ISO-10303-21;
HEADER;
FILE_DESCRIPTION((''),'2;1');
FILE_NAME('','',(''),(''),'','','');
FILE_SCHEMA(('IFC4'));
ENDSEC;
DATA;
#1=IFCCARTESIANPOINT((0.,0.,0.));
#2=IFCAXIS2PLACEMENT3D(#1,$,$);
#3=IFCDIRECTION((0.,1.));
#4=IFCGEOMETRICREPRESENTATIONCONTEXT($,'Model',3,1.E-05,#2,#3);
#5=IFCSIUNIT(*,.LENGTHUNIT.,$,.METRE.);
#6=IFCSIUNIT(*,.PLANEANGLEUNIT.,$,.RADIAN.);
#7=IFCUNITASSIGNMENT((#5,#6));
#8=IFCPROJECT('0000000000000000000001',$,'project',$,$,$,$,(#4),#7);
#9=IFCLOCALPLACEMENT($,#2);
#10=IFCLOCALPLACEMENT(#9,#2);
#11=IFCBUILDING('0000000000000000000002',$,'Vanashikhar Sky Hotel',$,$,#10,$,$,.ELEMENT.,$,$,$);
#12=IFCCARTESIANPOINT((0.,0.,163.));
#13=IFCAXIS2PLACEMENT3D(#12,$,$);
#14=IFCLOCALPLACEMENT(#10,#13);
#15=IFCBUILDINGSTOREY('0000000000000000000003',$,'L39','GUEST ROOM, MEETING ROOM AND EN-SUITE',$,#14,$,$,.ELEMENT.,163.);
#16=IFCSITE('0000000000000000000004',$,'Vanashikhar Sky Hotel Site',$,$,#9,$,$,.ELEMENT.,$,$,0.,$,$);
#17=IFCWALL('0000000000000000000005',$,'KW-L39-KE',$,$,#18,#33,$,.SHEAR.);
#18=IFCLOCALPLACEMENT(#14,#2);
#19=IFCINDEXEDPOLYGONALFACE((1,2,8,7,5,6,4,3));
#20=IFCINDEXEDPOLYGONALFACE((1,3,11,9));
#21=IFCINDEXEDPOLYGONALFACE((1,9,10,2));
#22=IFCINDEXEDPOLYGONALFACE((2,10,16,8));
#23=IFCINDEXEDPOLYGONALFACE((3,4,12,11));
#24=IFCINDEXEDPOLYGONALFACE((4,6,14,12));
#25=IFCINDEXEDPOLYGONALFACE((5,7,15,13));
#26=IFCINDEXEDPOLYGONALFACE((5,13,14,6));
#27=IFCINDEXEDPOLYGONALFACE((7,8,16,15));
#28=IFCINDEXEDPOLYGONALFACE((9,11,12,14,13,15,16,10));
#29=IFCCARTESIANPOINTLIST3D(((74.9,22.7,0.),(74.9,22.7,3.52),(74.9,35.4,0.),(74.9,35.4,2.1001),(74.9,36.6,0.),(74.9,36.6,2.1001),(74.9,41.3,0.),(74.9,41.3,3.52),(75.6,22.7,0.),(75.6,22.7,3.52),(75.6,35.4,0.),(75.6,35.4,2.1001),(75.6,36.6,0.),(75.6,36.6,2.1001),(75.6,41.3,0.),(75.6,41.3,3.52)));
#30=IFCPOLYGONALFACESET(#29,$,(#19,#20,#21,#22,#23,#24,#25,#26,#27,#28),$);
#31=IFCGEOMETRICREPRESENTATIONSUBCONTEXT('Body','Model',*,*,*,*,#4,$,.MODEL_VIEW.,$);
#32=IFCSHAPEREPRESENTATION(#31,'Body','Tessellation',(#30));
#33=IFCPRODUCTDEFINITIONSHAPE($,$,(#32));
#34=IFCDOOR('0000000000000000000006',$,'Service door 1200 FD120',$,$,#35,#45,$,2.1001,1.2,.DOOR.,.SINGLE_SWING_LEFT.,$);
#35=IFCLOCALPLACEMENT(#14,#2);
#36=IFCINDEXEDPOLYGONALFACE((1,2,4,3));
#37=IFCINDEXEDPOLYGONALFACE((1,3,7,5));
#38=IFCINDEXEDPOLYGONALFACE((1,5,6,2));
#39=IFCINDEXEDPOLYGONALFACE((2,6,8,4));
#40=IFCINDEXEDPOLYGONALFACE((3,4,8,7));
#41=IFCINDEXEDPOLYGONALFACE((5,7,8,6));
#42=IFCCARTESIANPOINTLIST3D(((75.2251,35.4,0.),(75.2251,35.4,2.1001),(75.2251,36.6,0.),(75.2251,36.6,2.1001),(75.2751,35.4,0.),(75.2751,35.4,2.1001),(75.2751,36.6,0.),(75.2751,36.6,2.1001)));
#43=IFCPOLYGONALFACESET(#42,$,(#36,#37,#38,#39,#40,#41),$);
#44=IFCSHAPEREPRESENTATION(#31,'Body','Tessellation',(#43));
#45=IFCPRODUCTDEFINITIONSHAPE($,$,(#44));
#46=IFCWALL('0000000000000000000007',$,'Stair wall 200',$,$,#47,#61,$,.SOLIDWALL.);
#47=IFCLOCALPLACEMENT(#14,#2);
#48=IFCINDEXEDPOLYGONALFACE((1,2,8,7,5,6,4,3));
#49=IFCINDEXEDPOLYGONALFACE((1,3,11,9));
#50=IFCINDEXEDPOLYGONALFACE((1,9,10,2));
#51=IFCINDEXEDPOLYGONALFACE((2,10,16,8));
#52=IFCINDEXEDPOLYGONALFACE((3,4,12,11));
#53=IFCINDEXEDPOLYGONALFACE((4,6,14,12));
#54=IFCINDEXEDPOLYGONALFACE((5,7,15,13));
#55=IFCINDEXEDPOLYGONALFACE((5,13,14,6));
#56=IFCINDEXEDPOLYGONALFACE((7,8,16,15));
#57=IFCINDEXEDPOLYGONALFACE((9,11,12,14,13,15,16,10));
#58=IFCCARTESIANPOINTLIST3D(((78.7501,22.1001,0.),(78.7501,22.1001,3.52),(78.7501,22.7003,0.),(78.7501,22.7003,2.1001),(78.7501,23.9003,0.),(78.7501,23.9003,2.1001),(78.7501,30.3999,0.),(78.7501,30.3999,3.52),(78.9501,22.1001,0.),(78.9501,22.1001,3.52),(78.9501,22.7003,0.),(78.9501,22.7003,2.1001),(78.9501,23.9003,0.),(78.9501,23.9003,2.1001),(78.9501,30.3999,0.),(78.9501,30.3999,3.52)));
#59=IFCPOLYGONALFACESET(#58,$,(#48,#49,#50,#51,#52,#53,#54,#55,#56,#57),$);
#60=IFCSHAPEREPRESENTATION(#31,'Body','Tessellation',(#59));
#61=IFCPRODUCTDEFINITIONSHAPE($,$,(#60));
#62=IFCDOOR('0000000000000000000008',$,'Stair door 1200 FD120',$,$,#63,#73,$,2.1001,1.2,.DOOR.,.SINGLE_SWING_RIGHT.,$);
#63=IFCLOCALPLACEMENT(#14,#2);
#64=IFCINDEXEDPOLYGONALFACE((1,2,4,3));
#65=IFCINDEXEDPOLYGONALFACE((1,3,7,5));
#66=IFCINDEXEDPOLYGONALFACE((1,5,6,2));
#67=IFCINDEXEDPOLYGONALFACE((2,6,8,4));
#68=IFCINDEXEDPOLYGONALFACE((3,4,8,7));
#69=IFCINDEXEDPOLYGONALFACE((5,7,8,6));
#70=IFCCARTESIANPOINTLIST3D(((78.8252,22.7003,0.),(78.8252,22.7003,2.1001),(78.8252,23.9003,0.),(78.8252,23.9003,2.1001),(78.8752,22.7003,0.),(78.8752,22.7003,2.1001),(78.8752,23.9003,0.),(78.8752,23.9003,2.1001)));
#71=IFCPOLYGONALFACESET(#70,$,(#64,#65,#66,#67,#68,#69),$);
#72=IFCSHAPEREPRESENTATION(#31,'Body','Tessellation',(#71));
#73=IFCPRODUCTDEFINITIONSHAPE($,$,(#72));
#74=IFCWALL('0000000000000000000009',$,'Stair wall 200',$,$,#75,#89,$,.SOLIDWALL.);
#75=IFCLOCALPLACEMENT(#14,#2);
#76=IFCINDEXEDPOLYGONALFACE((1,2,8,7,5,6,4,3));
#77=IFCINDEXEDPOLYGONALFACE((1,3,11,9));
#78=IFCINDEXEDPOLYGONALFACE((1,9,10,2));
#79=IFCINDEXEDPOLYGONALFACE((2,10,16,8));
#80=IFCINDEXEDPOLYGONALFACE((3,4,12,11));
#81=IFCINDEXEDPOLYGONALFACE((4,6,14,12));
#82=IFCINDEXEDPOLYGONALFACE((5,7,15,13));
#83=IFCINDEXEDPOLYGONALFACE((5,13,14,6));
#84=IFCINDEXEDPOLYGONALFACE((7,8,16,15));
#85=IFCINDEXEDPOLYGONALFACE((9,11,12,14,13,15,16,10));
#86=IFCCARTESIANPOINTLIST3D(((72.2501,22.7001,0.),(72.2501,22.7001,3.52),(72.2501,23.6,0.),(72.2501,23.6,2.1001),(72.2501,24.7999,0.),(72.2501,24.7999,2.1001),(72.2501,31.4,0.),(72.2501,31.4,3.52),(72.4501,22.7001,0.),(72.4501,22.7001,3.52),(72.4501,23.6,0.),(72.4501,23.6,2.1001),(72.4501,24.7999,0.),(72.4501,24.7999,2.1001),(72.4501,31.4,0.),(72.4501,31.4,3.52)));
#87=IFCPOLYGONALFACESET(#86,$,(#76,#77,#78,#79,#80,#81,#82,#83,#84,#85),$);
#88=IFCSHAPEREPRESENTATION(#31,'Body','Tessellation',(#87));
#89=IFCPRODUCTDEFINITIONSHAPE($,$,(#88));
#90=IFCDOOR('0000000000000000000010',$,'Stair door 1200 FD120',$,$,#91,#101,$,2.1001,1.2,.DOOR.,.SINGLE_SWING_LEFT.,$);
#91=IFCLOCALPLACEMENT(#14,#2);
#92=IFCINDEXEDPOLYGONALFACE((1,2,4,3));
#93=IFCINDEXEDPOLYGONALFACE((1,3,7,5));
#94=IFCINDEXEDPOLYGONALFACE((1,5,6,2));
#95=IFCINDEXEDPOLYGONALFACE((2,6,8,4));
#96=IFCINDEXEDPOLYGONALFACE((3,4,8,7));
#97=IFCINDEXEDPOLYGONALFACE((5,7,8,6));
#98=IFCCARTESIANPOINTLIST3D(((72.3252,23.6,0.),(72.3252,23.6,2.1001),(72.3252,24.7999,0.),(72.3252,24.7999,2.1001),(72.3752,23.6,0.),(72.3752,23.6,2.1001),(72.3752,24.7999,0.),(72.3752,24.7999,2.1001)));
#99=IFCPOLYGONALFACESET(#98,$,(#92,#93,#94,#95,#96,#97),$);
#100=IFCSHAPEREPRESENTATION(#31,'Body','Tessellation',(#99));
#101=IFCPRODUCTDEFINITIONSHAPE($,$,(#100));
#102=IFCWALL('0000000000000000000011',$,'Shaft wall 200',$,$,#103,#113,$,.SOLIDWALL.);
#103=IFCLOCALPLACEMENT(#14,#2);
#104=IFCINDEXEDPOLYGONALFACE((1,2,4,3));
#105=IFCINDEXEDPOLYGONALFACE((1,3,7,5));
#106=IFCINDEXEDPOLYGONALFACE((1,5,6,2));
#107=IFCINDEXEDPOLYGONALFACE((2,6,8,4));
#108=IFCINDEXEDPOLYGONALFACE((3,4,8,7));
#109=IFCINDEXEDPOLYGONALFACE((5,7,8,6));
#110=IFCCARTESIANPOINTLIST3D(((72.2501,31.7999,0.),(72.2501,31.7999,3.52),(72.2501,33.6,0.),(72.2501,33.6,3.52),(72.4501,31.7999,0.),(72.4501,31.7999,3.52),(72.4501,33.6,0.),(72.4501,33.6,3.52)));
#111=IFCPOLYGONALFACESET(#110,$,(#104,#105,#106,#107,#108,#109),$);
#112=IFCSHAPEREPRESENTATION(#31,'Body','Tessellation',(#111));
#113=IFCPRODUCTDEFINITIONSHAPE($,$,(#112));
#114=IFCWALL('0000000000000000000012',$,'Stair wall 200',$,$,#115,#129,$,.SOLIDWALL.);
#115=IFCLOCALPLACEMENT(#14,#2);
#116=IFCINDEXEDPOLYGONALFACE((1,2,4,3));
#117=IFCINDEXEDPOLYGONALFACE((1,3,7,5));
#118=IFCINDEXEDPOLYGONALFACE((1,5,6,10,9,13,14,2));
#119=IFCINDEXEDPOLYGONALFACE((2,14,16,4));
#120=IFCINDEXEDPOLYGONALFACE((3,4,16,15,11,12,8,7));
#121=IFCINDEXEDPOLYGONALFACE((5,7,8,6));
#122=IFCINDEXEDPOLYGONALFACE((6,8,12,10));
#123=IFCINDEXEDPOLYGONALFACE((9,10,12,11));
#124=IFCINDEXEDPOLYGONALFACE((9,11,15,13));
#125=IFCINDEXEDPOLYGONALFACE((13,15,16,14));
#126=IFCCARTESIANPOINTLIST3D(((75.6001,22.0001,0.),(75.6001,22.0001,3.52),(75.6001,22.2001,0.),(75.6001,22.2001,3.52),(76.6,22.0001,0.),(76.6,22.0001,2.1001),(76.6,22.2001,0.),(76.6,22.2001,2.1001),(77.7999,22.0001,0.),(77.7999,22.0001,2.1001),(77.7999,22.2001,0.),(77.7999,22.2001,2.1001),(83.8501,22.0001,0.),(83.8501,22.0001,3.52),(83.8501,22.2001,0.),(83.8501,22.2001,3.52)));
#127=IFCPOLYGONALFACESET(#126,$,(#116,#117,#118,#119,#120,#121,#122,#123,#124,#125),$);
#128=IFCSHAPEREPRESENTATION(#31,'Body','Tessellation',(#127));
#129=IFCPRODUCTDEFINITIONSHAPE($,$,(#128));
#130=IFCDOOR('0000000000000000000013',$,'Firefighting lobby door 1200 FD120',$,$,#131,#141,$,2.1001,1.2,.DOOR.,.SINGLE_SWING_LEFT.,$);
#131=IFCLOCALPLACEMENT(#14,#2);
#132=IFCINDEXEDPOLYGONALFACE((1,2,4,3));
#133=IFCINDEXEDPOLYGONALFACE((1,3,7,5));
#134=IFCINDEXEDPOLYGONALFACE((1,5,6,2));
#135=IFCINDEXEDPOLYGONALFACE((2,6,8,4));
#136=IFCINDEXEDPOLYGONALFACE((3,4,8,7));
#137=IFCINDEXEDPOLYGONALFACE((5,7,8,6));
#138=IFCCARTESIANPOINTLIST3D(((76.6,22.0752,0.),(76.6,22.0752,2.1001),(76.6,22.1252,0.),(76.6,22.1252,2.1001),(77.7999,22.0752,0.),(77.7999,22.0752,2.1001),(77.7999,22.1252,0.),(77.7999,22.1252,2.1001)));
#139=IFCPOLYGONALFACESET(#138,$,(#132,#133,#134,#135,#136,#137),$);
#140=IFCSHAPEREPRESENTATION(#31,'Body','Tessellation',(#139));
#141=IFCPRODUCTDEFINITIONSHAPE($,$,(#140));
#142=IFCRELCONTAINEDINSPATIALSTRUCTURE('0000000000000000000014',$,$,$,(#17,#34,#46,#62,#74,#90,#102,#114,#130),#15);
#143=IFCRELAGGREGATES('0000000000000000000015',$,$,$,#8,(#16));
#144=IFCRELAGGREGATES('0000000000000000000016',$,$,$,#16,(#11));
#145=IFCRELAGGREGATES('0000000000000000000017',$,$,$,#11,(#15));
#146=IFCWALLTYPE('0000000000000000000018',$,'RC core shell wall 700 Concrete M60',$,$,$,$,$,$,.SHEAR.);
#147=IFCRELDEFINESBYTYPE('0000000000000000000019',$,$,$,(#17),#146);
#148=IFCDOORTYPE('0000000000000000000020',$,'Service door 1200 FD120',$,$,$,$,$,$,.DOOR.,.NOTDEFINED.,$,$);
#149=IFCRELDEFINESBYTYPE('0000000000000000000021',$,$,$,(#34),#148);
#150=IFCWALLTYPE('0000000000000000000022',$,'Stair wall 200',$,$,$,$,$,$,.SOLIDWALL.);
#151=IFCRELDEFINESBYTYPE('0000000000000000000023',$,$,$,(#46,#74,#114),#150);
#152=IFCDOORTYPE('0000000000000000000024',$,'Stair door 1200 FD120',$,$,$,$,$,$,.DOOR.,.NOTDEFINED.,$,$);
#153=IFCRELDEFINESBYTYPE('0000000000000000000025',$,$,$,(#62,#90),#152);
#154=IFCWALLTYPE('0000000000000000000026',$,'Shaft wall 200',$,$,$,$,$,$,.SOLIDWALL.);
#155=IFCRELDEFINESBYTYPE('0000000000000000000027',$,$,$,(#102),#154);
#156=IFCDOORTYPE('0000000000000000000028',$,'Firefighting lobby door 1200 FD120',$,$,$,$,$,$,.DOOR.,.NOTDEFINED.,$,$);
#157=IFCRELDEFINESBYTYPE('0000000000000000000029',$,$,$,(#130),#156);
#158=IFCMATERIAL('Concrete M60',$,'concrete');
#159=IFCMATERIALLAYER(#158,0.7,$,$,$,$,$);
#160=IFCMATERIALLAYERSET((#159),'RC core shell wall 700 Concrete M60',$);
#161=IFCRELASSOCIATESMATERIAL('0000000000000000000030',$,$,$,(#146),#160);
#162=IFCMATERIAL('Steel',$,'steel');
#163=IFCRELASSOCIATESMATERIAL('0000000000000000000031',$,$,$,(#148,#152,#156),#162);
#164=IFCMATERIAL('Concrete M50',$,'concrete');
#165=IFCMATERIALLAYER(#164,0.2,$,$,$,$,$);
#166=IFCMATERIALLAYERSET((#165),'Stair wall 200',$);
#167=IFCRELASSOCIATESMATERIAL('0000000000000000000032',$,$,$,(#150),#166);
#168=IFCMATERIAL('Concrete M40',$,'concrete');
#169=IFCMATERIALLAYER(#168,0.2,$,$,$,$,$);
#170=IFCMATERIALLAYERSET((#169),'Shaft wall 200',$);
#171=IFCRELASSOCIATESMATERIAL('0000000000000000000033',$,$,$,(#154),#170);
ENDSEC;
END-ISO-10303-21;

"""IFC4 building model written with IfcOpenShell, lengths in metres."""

from ifc_helpers import new_model, si_unit, direction, frame, frame_2d, origin, place, context, subcontext, project, spatial, rectangle, extrude, source, transform, mapped, material, layer, layer_set, type_object, element, fill, save


model = new_model("IFC4")

# Units and contexts
model_context = context("Model", 3, precision=1e-05, world=origin(), true_north=direction((0.0, 1.0)))
body_context = subcontext(model_context, "Body", "Model", "MODEL_VIEW")
ifc_project = project(units=[si_unit("LENGTHUNIT", "METRE"), si_unit("PLANEANGLEUNIT", "RADIAN")], contexts=[model_context])

# Site, building, storey
site_placement = place(None, origin())
site = spatial("IfcSite", under=ifc_project, at=site_placement, Name="Vanashikhar Sky Hotel Site", CompositionType="ELEMENT", RefElevation=0.0)
building_placement = place(site_placement, origin())
building = spatial("IfcBuilding", under=site, at=building_placement, Name="Vanashikhar Sky Hotel", CompositionType="ELEMENT")
storey_placement = place(building_placement, frame((0.0, 0.0, 163.0)))
storey = spatial("IfcBuildingStorey", under=building, at=storey_placement, Name="L39", Description="GUEST ROOM, MEETING ROOM AND EN-SUITE", CompositionType="ELEMENT", Elevation=163.0)

# Walls, openings, doors
ifc_material_1 = material(Name="Concrete M60", Category="concrete")
ifc_layer_1 = layer(ifc_material_1, 0.7)
ifc_layer_set_1 = layer_set([ifc_layer_1], Name="RC core shell wall 700 Concrete M60")
wall_type_1 = type_object("IfcWallType", Name="RC core shell wall 700 Concrete M60", PredefinedType="SHEAR", material=ifc_layer_set_1)
shared_shape_1 = source(origin(), body_context, "Body", "SweptSolid", [
    extrude(rectangle(XDim=18.6001, YDim=0.7, at=frame_2d((9.3, 0.0))), origin(), (0.0, 0.0, 1.0), 3.52),
])
wall_1_placement = place(storey_placement, frame((75.25, 22.7, 0.0), z_axis=(0.0, 0.0, 1.0), x_axis=(0.0, 1.0, 0.0)))
wall_1 = element("IfcWall", 1, at=wall_1_placement, inside=storey, type_object=wall_type_1, Name="KW-L39-KE", PredefinedType="SHEAR", context=body_context, shape_type="MappedRepresentation", body=[
    mapped(shared_shape_1, transform((0.0, 0.0, 0.0), scale=1.0)),
])
shared_shape_2 = source(origin(), body_context, "Body", "SweptSolid", [
    extrude(rectangle(XDim=1.2, YDim=2.1001, at=frame_2d((0.6001, 1.05))), frame((0.0, 0.3599, 0.0), z_axis=(0.0, -1.0, 0.0), x_axis=(1.0, 0.0, 0.0)), (0.0, 0.0, 1.0), 0.72),
])
opening_1_placement = place(wall_1_placement, frame((12.7, 0.0, 0.0)))
opening_1 = element("IfcOpeningElement", 2, at=opening_1_placement, cuts=wall_1, PredefinedType="OPENING", context=body_context, shape_type="MappedRepresentation", body=[
    mapped(shared_shape_2, transform((0.0, 0.0, 0.0), scale=1.0)),
])
ifc_material_2 = material(Name="Steel", Category="steel")
door_type_1 = type_object("IfcDoorType", Name="Service door 1200 FD120", OperationType="NOTDEFINED", PredefinedType="DOOR", material=ifc_material_2)
shared_shape_3 = source(origin(), body_context, "Body", "SweptSolid", [
    extrude(rectangle(XDim=1.2, YDim=2.1001, at=frame_2d((0.6001, 1.05))), frame((0.0, 0.0249, 0.0), z_axis=(0.0, -1.0, 0.0), x_axis=(1.0, 0.0, 0.0)), (0.0, 0.0, 1.0), 0.05),
])
door_1_placement = place(opening_1_placement, origin())
door_1 = element("IfcDoor", 3, at=door_1_placement, inside=storey, type_object=door_type_1, Name="Service door 1200 FD120", OperationType="SINGLE_SWING_LEFT", OverallHeight=2.1001, OverallWidth=1.2, PredefinedType="DOOR", context=body_context, shape_type="MappedRepresentation", body=[
    mapped(shared_shape_3, transform((0.0, 0.0, 0.0), scale=1.0)),
])
fill(opening_1, door_1)
ifc_material_3 = material(Name="Concrete M50", Category="concrete")
ifc_layer_2 = layer(ifc_material_3, 0.2)
ifc_layer_set_2 = layer_set([ifc_layer_2], Name="Stair wall 200")
wall_type_2 = type_object("IfcWallType", Name="Stair wall 200", PredefinedType="SOLIDWALL", material=ifc_layer_set_2)
shared_shape_4 = source(origin(), body_context, "Body", "SweptSolid", [
    extrude(rectangle(XDim=8.2998, YDim=0.2, at=frame_2d((4.1499, 0.0))), origin(), (0.0, 0.0, 1.0), 3.52),
])
wall_2_placement = place(storey_placement, frame((78.8501, 22.1001, 0.0), z_axis=(0.0, 0.0, 1.0), x_axis=(0.0, 1.0, 0.0)))
wall_2 = element("IfcWall", 4, at=wall_2_placement, inside=storey, type_object=wall_type_2, Name="Stair wall 200", PredefinedType="SOLIDWALL", context=body_context, shape_type="MappedRepresentation", body=[
    mapped(shared_shape_4, transform((0.0, 0.0, 0.0), scale=1.0)),
])
shared_shape_5 = source(origin(), body_context, "Body", "SweptSolid", [
    extrude(rectangle(XDim=1.2, YDim=2.1001, at=frame_2d((0.6001, 1.05))), frame((0.0, 0.1099, 0.0), z_axis=(0.0, -1.0, 0.0), x_axis=(1.0, 0.0, 0.0)), (0.0, 0.0, 1.0), 0.22),
])
opening_2_placement = place(wall_2_placement, frame((0.6001, 0.0, 0.0)))
opening_2 = element("IfcOpeningElement", 5, at=opening_2_placement, cuts=wall_2, PredefinedType="OPENING", context=body_context, shape_type="MappedRepresentation", body=[
    mapped(shared_shape_5, transform((0.0, 0.0, 0.0), scale=1.0)),
])
door_type_2 = type_object("IfcDoorType", Name="Stair door 1200 FD120", OperationType="NOTDEFINED", PredefinedType="DOOR", material=ifc_material_2)
door_2_placement = place(opening_2_placement, origin())
door_2 = element("IfcDoor", 6, at=door_2_placement, inside=storey, type_object=door_type_2, Name="Stair door 1200 FD120", OperationType="SINGLE_SWING_RIGHT", OverallHeight=2.1001, OverallWidth=1.2, PredefinedType="DOOR", context=body_context, shape_type="MappedRepresentation", body=[
    mapped(shared_shape_3, transform((0.0, 0.0, 0.0), scale=1.0)),
])
fill(opening_2, door_2)
shared_shape_6 = source(origin(), body_context, "Body", "SweptSolid", [
    extrude(rectangle(XDim=8.7, YDim=0.2, at=frame_2d((4.3501, 0.0))), origin(), (0.0, 0.0, 1.0), 3.52),
])
wall_3_placement = place(storey_placement, frame((72.3501, 22.7, 0.0), z_axis=(0.0, 0.0, 1.0), x_axis=(0.0, 1.0, 0.0)))
wall_3 = element("IfcWall", 7, at=wall_3_placement, inside=storey, type_object=wall_type_2, Name="Stair wall 200", PredefinedType="SOLIDWALL", context=body_context, shape_type="MappedRepresentation", body=[
    mapped(shared_shape_6, transform((0.0, 0.0, 0.0), scale=1.0)),
])
opening_3_placement = place(wall_3_placement, frame((0.8999, 0.0, 0.0)))
opening_3 = element("IfcOpeningElement", 8, at=opening_3_placement, cuts=wall_3, PredefinedType="OPENING", context=body_context, shape_type="MappedRepresentation", body=[
    mapped(shared_shape_5, transform((0.0, 0.0, 0.0), scale=1.0)),
])
door_3_placement = place(opening_3_placement, origin())
door_3 = element("IfcDoor", 9, at=door_3_placement, inside=storey, type_object=door_type_2, Name="Stair door 1200 FD120", OperationType="SINGLE_SWING_LEFT", OverallHeight=2.1001, OverallWidth=1.2, PredefinedType="DOOR", context=body_context, shape_type="MappedRepresentation", body=[
    mapped(shared_shape_3, transform((0.0, 0.0, 0.0), scale=1.0)),
])
fill(opening_3, door_3)

# Wall
ifc_material_4 = material(Name="Concrete M40", Category="concrete")
ifc_layer_3 = layer(ifc_material_4, 0.2)
ifc_layer_set_3 = layer_set([ifc_layer_3], Name="Shaft wall 200")
wall_type_3 = type_object("IfcWallType", Name="Shaft wall 200", PredefinedType="SOLIDWALL", material=ifc_layer_set_3)
shared_shape_7 = source(origin(), body_context, "Body", "SweptSolid", [
    extrude(rectangle(XDim=1.8, YDim=0.2, at=frame_2d((0.8999, 0.0))), origin(), (0.0, 0.0, 1.0), 3.52),
])
wall_4_placement = place(storey_placement, frame((72.3501, 31.8, 0.0), z_axis=(0.0, 0.0, 1.0), x_axis=(0.0, 1.0, 0.0)))
element("IfcWall", 10, at=wall_4_placement, inside=storey, type_object=wall_type_3, Name="Shaft wall 200", PredefinedType="SOLIDWALL", context=body_context, shape_type="MappedRepresentation", body=[
    mapped(shared_shape_7, transform((0.0, 0.0, 0.0), scale=1.0)),
])

# Wall, opening, door
shared_shape_8 = source(origin(), body_context, "Body", "SweptSolid", [
    extrude(rectangle(XDim=8.25, YDim=0.2, at=frame_2d((4.125, 0.0))), origin(), (0.0, 0.0, 1.0), 3.52),
])
wall_5_placement = place(storey_placement, frame((83.8501, 22.1001, 0.0), z_axis=(0.0, 0.0, 1.0), x_axis=(-1.0, 0.0, 0.0)))
wall_5 = element("IfcWall", 11, at=wall_5_placement, inside=storey, type_object=wall_type_2, Name="Stair wall 200", PredefinedType="SOLIDWALL", context=body_context, shape_type="MappedRepresentation", body=[
    mapped(shared_shape_8, transform((0.0, 0.0, 0.0), scale=1.0)),
])
opening_4_placement = place(wall_5_placement, frame((6.05, 0.0, 0.0)))
opening_4 = element("IfcOpeningElement", 12, at=opening_4_placement, cuts=wall_5, PredefinedType="OPENING", context=body_context, shape_type="MappedRepresentation", body=[
    mapped(shared_shape_5, transform((0.0, 0.0, 0.0), scale=1.0)),
])
door_type_3 = type_object("IfcDoorType", Name="Firefighting lobby door 1200 FD120", OperationType="NOTDEFINED", PredefinedType="DOOR", material=ifc_material_2)
door_4_placement = place(opening_4_placement, origin())
door_4 = element("IfcDoor", 13, at=door_4_placement, inside=storey, type_object=door_type_3, Name="Firefighting lobby door 1200 FD120", OperationType="SINGLE_SWING_LEFT", OverallHeight=2.1001, OverallWidth=1.2, PredefinedType="DOOR", context=body_context, shape_type="MappedRepresentation", body=[
    mapped(shared_shape_3, transform((0.0, 0.0, 0.0), scale=1.0)),
])
fill(opening_4, door_4)

save(model, "model.ifc")
